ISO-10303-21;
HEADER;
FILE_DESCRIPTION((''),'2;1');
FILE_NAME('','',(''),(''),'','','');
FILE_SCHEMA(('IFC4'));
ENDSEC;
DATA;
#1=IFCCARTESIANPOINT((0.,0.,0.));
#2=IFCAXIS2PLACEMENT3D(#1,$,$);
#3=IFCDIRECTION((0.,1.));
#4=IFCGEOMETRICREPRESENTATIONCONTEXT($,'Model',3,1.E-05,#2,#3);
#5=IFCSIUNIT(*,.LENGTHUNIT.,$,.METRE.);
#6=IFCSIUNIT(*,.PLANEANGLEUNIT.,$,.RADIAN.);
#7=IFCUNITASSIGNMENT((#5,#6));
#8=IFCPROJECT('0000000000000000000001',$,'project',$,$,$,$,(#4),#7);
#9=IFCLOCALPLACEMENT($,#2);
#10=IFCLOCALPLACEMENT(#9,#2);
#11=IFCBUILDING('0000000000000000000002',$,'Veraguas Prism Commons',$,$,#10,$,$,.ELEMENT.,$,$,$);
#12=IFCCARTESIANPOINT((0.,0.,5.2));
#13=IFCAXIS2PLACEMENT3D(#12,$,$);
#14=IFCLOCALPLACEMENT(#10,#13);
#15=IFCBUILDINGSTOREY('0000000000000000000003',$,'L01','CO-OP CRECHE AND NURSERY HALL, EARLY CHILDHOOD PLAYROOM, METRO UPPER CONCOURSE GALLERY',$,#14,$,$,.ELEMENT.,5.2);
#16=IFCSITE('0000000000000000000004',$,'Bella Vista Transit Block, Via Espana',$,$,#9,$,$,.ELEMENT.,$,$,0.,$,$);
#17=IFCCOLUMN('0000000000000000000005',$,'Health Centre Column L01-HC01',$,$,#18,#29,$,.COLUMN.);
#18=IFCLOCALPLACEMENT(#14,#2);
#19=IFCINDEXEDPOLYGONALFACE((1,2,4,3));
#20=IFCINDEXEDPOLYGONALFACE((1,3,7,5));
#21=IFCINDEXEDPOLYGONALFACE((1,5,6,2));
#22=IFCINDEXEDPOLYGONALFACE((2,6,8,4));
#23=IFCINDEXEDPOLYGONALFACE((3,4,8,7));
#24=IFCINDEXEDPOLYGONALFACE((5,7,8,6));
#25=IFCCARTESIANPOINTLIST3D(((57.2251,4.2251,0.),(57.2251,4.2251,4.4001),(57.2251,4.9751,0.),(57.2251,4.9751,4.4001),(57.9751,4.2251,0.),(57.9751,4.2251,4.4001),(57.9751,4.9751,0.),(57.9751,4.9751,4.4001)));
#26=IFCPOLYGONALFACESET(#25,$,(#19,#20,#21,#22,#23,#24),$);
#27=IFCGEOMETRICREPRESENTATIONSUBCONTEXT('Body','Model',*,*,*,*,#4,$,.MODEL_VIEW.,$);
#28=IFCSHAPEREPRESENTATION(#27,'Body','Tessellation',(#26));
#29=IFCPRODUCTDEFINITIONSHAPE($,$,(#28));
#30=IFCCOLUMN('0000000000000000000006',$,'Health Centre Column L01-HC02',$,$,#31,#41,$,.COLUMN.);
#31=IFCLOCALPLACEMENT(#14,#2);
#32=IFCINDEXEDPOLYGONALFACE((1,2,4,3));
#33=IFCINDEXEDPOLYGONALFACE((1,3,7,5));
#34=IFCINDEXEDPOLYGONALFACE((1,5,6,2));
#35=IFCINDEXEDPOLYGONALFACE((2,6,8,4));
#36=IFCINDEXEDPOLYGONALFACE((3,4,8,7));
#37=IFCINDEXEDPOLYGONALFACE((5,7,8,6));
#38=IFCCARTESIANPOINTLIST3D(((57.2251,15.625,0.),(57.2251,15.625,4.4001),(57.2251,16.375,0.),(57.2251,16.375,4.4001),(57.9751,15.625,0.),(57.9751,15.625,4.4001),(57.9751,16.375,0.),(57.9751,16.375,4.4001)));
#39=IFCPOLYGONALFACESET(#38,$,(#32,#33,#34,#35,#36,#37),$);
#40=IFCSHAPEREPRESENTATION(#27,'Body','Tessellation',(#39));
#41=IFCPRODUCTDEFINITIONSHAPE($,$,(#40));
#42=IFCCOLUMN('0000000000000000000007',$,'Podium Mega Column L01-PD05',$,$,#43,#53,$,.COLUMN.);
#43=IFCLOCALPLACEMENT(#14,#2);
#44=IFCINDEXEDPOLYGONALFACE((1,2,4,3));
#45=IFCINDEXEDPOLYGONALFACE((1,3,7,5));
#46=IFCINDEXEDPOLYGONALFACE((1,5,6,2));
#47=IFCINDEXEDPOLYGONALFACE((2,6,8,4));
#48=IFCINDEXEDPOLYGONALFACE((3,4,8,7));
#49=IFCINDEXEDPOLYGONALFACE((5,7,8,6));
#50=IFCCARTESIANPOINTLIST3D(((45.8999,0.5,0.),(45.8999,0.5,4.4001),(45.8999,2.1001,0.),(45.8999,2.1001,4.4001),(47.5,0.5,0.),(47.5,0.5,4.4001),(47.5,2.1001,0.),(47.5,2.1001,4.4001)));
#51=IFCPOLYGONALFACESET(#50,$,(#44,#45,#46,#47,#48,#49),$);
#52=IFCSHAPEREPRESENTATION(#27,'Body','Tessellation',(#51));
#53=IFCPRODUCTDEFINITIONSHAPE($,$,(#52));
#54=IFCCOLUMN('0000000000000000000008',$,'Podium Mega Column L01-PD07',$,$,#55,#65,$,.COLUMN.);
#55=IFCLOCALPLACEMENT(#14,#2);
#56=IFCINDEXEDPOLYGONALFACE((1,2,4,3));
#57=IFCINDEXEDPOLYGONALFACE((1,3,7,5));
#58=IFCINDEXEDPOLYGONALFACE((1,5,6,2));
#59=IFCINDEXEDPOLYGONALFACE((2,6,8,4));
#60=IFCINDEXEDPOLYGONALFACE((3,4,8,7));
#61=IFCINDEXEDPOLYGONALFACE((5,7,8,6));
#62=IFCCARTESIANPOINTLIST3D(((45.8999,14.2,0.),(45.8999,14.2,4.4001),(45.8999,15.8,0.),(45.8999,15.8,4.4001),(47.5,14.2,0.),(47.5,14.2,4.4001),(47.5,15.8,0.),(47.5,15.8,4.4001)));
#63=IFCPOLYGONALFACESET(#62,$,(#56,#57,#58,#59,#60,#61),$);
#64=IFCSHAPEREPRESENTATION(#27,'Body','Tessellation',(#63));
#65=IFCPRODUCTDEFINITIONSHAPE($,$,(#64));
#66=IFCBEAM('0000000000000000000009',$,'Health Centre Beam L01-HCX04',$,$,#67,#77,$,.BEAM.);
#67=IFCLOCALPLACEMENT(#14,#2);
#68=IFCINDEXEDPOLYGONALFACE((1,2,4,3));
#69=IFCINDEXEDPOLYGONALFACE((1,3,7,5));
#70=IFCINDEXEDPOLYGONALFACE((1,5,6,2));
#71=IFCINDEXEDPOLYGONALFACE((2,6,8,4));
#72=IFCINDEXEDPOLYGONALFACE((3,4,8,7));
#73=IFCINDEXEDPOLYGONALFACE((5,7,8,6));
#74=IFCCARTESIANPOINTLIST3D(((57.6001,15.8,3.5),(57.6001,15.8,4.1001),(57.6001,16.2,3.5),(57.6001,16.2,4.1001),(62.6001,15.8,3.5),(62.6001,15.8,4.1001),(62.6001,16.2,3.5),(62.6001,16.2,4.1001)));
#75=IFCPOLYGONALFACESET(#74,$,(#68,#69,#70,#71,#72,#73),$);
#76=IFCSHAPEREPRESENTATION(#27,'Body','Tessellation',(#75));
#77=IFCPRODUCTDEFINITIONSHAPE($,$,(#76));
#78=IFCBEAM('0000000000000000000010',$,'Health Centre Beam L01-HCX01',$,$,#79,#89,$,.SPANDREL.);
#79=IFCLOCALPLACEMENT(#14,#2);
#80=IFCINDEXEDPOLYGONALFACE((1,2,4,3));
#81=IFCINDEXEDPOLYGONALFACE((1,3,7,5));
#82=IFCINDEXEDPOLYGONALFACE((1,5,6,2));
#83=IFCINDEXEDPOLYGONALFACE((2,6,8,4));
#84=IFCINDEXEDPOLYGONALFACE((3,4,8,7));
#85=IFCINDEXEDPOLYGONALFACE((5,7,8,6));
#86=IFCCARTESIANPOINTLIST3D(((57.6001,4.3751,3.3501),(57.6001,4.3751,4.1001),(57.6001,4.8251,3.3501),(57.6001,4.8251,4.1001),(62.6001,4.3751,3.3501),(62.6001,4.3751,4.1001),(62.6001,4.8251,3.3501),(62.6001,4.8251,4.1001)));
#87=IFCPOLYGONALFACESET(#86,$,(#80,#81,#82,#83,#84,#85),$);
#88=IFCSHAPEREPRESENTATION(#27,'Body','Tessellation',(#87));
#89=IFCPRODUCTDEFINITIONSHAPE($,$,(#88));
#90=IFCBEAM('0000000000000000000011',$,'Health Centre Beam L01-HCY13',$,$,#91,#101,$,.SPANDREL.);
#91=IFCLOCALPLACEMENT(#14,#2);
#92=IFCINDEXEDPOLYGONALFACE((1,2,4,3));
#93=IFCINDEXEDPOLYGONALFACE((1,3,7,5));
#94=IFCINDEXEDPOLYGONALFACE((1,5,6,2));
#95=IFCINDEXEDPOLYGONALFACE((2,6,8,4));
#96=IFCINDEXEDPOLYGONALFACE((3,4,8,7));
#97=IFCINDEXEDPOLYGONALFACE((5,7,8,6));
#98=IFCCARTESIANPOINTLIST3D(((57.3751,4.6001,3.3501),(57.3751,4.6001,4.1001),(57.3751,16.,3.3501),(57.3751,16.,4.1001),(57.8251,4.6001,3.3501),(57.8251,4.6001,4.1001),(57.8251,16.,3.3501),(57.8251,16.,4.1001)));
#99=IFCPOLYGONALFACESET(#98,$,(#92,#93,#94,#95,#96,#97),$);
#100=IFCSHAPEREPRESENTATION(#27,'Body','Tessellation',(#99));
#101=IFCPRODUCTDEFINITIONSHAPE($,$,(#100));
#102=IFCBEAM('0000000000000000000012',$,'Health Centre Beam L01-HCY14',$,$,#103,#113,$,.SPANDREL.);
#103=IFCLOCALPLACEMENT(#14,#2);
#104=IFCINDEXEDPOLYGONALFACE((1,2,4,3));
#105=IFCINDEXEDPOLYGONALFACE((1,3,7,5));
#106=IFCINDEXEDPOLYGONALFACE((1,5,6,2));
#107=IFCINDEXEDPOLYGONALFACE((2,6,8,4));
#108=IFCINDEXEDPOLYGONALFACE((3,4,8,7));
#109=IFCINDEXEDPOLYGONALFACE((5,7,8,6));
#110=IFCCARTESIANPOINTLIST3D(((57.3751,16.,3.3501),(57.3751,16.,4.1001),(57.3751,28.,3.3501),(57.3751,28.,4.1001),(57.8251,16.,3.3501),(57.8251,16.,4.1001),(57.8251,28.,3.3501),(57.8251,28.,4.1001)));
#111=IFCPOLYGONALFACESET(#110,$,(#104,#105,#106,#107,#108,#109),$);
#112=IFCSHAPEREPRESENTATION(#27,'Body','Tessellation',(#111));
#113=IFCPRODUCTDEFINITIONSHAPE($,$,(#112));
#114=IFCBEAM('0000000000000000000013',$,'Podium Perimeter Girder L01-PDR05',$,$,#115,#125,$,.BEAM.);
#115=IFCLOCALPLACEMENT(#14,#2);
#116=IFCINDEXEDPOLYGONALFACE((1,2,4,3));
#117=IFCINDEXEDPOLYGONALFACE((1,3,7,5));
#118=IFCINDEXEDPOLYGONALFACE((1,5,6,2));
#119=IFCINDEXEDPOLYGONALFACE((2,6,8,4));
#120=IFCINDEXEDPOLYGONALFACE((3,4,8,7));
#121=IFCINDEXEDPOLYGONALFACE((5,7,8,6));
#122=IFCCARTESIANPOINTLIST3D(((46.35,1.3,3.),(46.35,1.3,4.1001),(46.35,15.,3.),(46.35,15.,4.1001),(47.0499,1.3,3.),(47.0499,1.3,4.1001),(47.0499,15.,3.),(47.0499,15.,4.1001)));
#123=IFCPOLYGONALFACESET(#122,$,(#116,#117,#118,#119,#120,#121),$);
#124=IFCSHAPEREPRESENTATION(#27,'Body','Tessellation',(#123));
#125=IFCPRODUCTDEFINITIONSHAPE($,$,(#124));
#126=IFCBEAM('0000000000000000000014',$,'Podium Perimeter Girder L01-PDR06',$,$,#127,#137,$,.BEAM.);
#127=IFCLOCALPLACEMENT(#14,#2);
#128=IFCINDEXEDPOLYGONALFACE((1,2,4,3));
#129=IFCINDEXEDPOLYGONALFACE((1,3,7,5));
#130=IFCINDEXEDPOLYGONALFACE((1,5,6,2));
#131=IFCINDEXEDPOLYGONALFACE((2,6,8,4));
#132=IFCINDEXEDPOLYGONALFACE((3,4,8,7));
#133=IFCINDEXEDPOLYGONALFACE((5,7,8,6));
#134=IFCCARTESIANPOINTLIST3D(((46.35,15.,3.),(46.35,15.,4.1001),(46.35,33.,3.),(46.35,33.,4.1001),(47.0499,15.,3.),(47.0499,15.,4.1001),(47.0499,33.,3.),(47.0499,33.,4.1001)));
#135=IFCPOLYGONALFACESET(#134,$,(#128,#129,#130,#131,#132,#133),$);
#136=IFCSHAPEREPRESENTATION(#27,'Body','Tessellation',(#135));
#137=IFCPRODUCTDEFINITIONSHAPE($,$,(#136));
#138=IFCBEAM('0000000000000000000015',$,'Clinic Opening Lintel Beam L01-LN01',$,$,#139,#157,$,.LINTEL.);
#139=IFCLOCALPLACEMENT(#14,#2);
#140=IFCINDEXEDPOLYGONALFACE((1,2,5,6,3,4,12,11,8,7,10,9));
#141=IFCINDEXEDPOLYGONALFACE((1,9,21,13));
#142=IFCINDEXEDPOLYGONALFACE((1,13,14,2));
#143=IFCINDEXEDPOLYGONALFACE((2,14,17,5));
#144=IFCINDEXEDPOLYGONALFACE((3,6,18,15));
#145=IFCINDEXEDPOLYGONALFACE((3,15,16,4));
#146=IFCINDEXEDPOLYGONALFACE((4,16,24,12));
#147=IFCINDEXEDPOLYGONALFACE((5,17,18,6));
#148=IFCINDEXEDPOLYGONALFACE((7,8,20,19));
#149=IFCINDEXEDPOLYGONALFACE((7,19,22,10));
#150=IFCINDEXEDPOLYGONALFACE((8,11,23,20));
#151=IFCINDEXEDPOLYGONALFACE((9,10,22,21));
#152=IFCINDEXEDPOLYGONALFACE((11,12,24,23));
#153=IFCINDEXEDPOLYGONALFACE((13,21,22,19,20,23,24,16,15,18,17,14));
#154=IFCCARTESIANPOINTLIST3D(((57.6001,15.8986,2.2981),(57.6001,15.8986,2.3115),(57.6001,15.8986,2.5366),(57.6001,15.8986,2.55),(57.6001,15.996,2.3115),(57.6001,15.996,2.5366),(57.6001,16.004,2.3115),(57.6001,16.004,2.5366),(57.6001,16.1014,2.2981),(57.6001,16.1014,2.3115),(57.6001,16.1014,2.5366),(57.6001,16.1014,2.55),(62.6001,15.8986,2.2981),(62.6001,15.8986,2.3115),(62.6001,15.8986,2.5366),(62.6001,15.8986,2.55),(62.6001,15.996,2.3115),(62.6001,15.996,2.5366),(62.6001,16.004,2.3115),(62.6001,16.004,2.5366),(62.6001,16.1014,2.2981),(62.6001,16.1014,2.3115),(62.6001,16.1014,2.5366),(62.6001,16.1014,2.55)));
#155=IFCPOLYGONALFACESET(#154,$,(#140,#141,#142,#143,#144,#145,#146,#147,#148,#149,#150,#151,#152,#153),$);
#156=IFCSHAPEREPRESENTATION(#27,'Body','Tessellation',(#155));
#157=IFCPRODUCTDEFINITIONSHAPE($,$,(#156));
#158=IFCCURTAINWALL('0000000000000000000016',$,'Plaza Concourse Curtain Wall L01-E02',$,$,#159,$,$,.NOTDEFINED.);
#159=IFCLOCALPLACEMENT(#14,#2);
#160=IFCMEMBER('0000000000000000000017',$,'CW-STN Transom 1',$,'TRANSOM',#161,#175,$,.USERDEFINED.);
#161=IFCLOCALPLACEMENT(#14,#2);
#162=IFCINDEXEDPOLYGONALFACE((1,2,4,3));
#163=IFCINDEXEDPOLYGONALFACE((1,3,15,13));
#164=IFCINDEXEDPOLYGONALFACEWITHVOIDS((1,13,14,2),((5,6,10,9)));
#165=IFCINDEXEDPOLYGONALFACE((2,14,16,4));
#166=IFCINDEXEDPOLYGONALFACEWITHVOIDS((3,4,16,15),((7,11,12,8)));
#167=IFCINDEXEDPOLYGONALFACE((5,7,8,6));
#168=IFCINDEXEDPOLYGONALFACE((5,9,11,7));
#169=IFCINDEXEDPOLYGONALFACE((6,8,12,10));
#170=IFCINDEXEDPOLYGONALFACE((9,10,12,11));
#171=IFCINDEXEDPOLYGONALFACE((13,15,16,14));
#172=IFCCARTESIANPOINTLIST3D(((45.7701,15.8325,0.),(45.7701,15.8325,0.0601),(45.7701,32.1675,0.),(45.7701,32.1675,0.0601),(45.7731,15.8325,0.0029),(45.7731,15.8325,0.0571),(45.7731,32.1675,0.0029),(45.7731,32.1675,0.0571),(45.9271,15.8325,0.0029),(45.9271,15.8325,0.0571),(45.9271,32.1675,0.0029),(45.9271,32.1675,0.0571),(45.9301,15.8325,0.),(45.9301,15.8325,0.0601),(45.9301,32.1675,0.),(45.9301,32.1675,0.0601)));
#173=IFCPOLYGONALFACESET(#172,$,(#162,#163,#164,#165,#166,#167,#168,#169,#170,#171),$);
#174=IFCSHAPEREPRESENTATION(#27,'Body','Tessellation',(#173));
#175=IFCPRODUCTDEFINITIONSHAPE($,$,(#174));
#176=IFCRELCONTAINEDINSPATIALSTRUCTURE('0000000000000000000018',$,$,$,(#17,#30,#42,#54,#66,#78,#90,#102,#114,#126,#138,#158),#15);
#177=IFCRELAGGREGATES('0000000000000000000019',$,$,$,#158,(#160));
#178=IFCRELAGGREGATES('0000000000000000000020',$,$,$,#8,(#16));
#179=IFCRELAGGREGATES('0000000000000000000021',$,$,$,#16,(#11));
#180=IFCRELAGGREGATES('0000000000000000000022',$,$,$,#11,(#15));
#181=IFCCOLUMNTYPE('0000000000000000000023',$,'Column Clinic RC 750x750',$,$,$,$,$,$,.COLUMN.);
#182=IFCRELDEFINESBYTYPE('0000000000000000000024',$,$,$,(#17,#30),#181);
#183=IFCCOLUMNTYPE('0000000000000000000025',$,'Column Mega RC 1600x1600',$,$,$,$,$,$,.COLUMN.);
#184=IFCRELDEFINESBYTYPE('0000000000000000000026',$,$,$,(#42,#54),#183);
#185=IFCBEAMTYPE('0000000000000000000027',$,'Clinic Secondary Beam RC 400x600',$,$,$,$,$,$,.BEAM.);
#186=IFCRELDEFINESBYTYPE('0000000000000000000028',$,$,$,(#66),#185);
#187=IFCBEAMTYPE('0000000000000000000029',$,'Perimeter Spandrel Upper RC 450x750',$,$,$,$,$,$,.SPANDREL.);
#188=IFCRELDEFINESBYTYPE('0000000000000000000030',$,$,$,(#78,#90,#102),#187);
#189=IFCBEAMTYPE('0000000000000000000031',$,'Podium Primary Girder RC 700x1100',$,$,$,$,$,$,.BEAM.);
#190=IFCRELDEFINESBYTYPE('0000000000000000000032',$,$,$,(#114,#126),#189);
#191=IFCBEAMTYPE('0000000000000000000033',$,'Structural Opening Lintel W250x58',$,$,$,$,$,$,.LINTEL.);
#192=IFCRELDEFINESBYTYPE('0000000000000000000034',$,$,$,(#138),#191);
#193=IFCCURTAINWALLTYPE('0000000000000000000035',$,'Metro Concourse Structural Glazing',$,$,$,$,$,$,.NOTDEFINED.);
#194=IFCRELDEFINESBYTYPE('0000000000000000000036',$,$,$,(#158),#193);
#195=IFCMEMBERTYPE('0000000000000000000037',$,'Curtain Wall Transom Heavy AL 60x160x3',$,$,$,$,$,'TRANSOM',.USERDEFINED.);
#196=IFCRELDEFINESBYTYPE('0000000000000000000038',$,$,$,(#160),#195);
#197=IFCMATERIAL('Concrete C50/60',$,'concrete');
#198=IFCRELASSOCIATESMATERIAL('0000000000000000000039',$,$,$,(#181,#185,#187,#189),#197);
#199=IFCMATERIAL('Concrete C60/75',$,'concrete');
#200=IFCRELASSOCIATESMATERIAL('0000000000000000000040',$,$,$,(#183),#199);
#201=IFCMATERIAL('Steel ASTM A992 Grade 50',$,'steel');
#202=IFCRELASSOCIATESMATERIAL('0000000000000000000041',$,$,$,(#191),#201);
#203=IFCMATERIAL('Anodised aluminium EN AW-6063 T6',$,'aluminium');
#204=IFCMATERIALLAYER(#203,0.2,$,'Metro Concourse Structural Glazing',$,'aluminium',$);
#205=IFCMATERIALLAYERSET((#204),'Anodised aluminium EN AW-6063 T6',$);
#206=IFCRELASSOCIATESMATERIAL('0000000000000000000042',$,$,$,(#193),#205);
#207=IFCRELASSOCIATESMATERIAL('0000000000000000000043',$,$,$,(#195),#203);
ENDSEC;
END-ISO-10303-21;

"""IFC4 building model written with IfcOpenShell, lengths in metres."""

from ifc_helpers import new_model, si_unit, direction, frame, origin, origin_2d, place, context, subcontext, project, spatial, rectangle, hollow_rectangle, i_section, extrude, source, transform, mapped, material, layer, layer_set, material_profile, profile_set, type_object, element, aggregate, save


model = new_model("IFC4")

# Units and contexts
model_context = context("Model", 3, precision=1e-05, world=origin(), true_north=direction((0.0, 1.0)))
body_context = subcontext(model_context, "Body", "Model", "MODEL_VIEW")
ifc_project = project(units=[si_unit("LENGTHUNIT", "METRE"), si_unit("PLANEANGLEUNIT", "RADIAN")], contexts=[model_context])

# Site, building, storey
site_placement = place(None, origin())
site = spatial("IfcSite", under=ifc_project, at=site_placement, Name="Bella Vista Transit Block, Via Espana", CompositionType="ELEMENT", RefElevation=0.0)
building_placement = place(site_placement, origin())
building = spatial("IfcBuilding", under=site, at=building_placement, Name="Veraguas Prism Commons", CompositionType="ELEMENT")
storey_placement = place(building_placement, frame((0.0, 0.0, 5.2)))
storey = spatial("IfcBuildingStorey", under=building, at=storey_placement, Name="L01", Description="CO-OP CRECHE AND NURSERY HALL, EARLY CHILDHOOD PLAYROOM, METRO UPPER CONCOURSE GALLERY", CompositionType="ELEMENT", Elevation=5.2)

# Columns
ifc_material_1 = material(Name="Concrete C50/60", Category="concrete")
ifc_material_profile_1 = material_profile(ifc_material_1, rectangle(XDim=0.75, YDim=0.75, at=origin_2d()), Name="RC750X750")
ifc_profile_set_1 = profile_set([ifc_material_profile_1], Name="Concrete C50/60")
column_type_1 = type_object("IfcColumnType", Name="Column Clinic RC 750x750", PredefinedType="COLUMN", material=ifc_profile_set_1)
for number, where, z_axis, x_axis, name in (
    (1, (57.6001, 4.6001, 0.0), (0.0, 0.0, 1.0), (1.0, 0.0, 0.0), "Health Centre Column L01-HC01"),
    (2, (57.6001, 16.0, 0.0), (0.0, 0.0, 1.0), (1.0, 0.0, 0.0), "Health Centre Column L01-HC02"),
):
    element("IfcColumn", number, at=place(storey_placement, frame(where, z_axis=z_axis, x_axis=x_axis)), inside=storey, type_object=column_type_1, Name=name, PredefinedType="COLUMN", context=body_context, shape_type="SweptSolid", body=[
        extrude(rectangle(XDim=0.75, YDim=0.75, at=origin_2d()), origin(), (0.0, 0.0, 1.0), 4.4001),
    ])
ifc_material_2 = material(Name="Concrete C60/75", Category="concrete")
ifc_material_profile_2 = material_profile(ifc_material_2, rectangle(XDim=1.6001, YDim=1.6001, at=origin_2d()), Name="RC1600X1600")
ifc_profile_set_2 = profile_set([ifc_material_profile_2], Name="Concrete C60/75")
column_type_2 = type_object("IfcColumnType", Name="Column Mega RC 1600x1600", PredefinedType="COLUMN", material=ifc_profile_set_2)
for number, where, z_axis, x_axis, name in (
    (3, (46.7, 1.3, 0.0), (0.0, 0.0, 1.0), (1.0, 0.0, 0.0), "Podium Mega Column L01-PD05"),
    (4, (46.7, 15.0, 0.0), (0.0, 0.0, 1.0), (1.0, 0.0, 0.0), "Podium Mega Column L01-PD07"),
):
    element("IfcColumn", number, at=place(storey_placement, frame(where, z_axis=z_axis, x_axis=x_axis)), inside=storey, type_object=column_type_2, Name=name, PredefinedType="COLUMN", context=body_context, shape_type="SweptSolid", body=[
        extrude(rectangle(XDim=1.6001, YDim=1.6001, at=origin_2d()), origin(), (0.0, 0.0, 1.0), 4.4001),
    ])

# Beams
ifc_material_profile_3 = material_profile(ifc_material_1, rectangle(XDim=0.3999, YDim=0.6001, at=origin_2d()), Name="RC400X600")
ifc_profile_set_3 = profile_set([ifc_material_profile_3], Name="Concrete C50/60")
beam_type_1 = type_object("IfcBeamType", Name="Clinic Secondary Beam RC 400x600", PredefinedType="BEAM", material=ifc_profile_set_3)
beam_1_placement = place(storey_placement, frame((57.6001, 16.0, 3.8), z_axis=(1.0, 0.0, 0.0), x_axis=(0.0, 1.0, 0.0)))
element("IfcBeam", 5, at=beam_1_placement, inside=storey, type_object=beam_type_1, Name="Health Centre Beam L01-HCX04", PredefinedType="BEAM", context=body_context, shape_type="SweptSolid", body=[
    extrude(rectangle(XDim=0.3999, YDim=0.6001, at=origin_2d()), origin(), (0.0, 0.0, 1.0), 5.0),
])
ifc_material_profile_4 = material_profile(ifc_material_1, rectangle(XDim=0.45, YDim=0.75, at=origin_2d()), Name="RC450X750")
ifc_profile_set_4 = profile_set([ifc_material_profile_4], Name="Concrete C50/60")
beam_type_2 = type_object("IfcBeamType", Name="Perimeter Spandrel Upper RC 450x750", PredefinedType="SPANDREL", material=ifc_profile_set_4)
beam_2_placement = place(storey_placement, frame((57.6001, 4.6001, 3.7251), z_axis=(1.0, 0.0, 0.0), x_axis=(0.0, 1.0, 0.0)))
element("IfcBeam", 6, at=beam_2_placement, inside=storey, type_object=beam_type_2, Name="Health Centre Beam L01-HCX01", PredefinedType="SPANDREL", context=body_context, shape_type="SweptSolid", body=[
    extrude(rectangle(XDim=0.45, YDim=0.75, at=origin_2d()), origin(), (0.0, 0.0, 1.0), 5.0),
])
beam_3_placement = place(storey_placement, frame((57.6001, 4.6001, 3.7251), z_axis=(0.0, 1.0, 0.0), x_axis=(-1.0, 0.0, 0.0)))
element("IfcBeam", 7, at=beam_3_placement, inside=storey, type_object=beam_type_2, Name="Health Centre Beam L01-HCY13", PredefinedType="SPANDREL", context=body_context, shape_type="SweptSolid", body=[
    extrude(rectangle(XDim=0.45, YDim=0.75, at=origin_2d()), origin(), (0.0, 0.0, 1.0), 11.3999),
])
beam_4_placement = place(storey_placement, frame((57.6001, 16.0, 3.7251), z_axis=(0.0, 1.0, 0.0), x_axis=(-1.0, 0.0, 0.0)))
element("IfcBeam", 8, at=beam_4_placement, inside=storey, type_object=beam_type_2, Name="Health Centre Beam L01-HCY14", PredefinedType="SPANDREL", context=body_context, shape_type="SweptSolid", body=[
    extrude(rectangle(XDim=0.45, YDim=0.75, at=origin_2d()), origin(), (0.0, 0.0, 1.0), 12.0),
])
ifc_material_profile_5 = material_profile(ifc_material_1, rectangle(XDim=0.7, YDim=1.1001, at=origin_2d()), Name="RC700X1100")
ifc_profile_set_5 = profile_set([ifc_material_profile_5], Name="Concrete C50/60")
beam_type_3 = type_object("IfcBeamType", Name="Podium Primary Girder RC 700x1100", PredefinedType="BEAM", material=ifc_profile_set_5)
beam_5_placement = place(storey_placement, frame((46.7, 1.3, 3.55), z_axis=(0.0, 1.0, 0.0), x_axis=(-1.0, 0.0, 0.0)))
element("IfcBeam", 9, at=beam_5_placement, inside=storey, type_object=beam_type_3, Name="Podium Perimeter Girder L01-PDR05", PredefinedType="BEAM", context=body_context, shape_type="SweptSolid", body=[
    extrude(rectangle(XDim=0.7, YDim=1.1001, at=origin_2d()), origin(), (0.0, 0.0, 1.0), 13.7),
])
beam_6_placement = place(storey_placement, frame((46.7, 15.0, 3.55), z_axis=(0.0, 1.0, 0.0), x_axis=(-1.0, 0.0, 0.0)))
element("IfcBeam", 10, at=beam_6_placement, inside=storey, type_object=beam_type_3, Name="Podium Perimeter Girder L01-PDR06", PredefinedType="BEAM", context=body_context, shape_type="SweptSolid", body=[
    extrude(rectangle(XDim=0.7, YDim=1.1001, at=origin_2d()), origin(), (0.0, 0.0, 1.0), 18.0),
])
ifc_material_3 = material(Name="Steel ASTM A992 Grade 50", Category="steel")
ifc_material_profile_6 = material_profile(ifc_material_3, i_section(OverallWidth=0.2029, OverallDepth=0.252, WebThickness=0.0081, FlangeThickness=0.0134, at=origin_2d()), Name="W250X58")
ifc_profile_set_6 = profile_set([ifc_material_profile_6], Name="Steel ASTM A992 Grade 50")
beam_type_4 = type_object("IfcBeamType", Name="Structural Opening Lintel W250x58", PredefinedType="LINTEL", material=ifc_profile_set_6)
beam_7_placement = place(storey_placement, frame((57.6001, 16.0, 2.4241), z_axis=(1.0, 0.0, 0.0), x_axis=(0.0, 1.0, 0.0)))
element("IfcBeam", 11, at=beam_7_placement, inside=storey, type_object=beam_type_4, Name="Clinic Opening Lintel Beam L01-LN01", PredefinedType="LINTEL", context=body_context, shape_type="SweptSolid", body=[
    extrude(i_section(OverallWidth=0.2029, OverallDepth=0.252, WebThickness=0.0081, FlangeThickness=0.0134, at=origin_2d()), origin(), (0.0, 0.0, 1.0), 5.0),
])

# Curtain wall, member
ifc_material_4 = material(Name="Anodised aluminium EN AW-6063 T6", Category="aluminium")
ifc_layer_1 = layer(ifc_material_4, 0.2, Name="Metro Concourse Structural Glazing", Category="aluminium")
ifc_layer_set_1 = layer_set([ifc_layer_1], Name="Anodised aluminium EN AW-6063 T6")
curtain_wall_type = type_object("IfcCurtainWallType", Name="Metro Concourse Structural Glazing", PredefinedType="NOTDEFINED", material=ifc_layer_set_1)
curtain_wall_placement = place(storey_placement, origin())
curtain_wall = element("IfcCurtainWall", 12, at=curtain_wall_placement, inside=storey, type_object=curtain_wall_type, Name="Plaza Concourse Curtain Wall L01-E02", PredefinedType="NOTDEFINED")
ifc_material_profile_7 = material_profile(ifc_material_4, hollow_rectangle(XDim=0.0601, YDim=0.1599, WallThickness=0.0029, at=origin_2d()), Name="AL60X160X3")
ifc_profile_set_7 = profile_set([ifc_material_profile_7], Name="Anodised aluminium EN AW-6063 T6")
member_type_1 = type_object("IfcMemberType", Name="Curtain Wall Transom Heavy AL 60x160x3", ElementType="TRANSOM", PredefinedType="USERDEFINED", material=ifc_profile_set_7)
shared_shape_1 = source(origin(), body_context, "Body", "SweptSolid", [
    extrude(hollow_rectangle(XDim=0.0601, YDim=0.1599, WallThickness=0.0029, at=origin_2d()), origin(), (0.0, 0.0, 1.0), 16.335),
])
member_1_placement = place(storey_placement, frame((45.8501, 15.8325, 0.03), z_axis=(0.0, 1.0, 0.0), x_axis=(0.0, 0.0, 1.0)))
member_1 = element("IfcMember", 13, at=member_1_placement, type_object=member_type_1, Name="CW-STN Transom 1", ObjectType="TRANSOM", PredefinedType="USERDEFINED", context=body_context, shape_type="MappedRepresentation", body=[
    mapped(shared_shape_1, transform((0.0, 0.0, 0.0), scale=1.0)),
])
aggregate(curtain_wall, [member_1])

save(model, "model.ifc")
